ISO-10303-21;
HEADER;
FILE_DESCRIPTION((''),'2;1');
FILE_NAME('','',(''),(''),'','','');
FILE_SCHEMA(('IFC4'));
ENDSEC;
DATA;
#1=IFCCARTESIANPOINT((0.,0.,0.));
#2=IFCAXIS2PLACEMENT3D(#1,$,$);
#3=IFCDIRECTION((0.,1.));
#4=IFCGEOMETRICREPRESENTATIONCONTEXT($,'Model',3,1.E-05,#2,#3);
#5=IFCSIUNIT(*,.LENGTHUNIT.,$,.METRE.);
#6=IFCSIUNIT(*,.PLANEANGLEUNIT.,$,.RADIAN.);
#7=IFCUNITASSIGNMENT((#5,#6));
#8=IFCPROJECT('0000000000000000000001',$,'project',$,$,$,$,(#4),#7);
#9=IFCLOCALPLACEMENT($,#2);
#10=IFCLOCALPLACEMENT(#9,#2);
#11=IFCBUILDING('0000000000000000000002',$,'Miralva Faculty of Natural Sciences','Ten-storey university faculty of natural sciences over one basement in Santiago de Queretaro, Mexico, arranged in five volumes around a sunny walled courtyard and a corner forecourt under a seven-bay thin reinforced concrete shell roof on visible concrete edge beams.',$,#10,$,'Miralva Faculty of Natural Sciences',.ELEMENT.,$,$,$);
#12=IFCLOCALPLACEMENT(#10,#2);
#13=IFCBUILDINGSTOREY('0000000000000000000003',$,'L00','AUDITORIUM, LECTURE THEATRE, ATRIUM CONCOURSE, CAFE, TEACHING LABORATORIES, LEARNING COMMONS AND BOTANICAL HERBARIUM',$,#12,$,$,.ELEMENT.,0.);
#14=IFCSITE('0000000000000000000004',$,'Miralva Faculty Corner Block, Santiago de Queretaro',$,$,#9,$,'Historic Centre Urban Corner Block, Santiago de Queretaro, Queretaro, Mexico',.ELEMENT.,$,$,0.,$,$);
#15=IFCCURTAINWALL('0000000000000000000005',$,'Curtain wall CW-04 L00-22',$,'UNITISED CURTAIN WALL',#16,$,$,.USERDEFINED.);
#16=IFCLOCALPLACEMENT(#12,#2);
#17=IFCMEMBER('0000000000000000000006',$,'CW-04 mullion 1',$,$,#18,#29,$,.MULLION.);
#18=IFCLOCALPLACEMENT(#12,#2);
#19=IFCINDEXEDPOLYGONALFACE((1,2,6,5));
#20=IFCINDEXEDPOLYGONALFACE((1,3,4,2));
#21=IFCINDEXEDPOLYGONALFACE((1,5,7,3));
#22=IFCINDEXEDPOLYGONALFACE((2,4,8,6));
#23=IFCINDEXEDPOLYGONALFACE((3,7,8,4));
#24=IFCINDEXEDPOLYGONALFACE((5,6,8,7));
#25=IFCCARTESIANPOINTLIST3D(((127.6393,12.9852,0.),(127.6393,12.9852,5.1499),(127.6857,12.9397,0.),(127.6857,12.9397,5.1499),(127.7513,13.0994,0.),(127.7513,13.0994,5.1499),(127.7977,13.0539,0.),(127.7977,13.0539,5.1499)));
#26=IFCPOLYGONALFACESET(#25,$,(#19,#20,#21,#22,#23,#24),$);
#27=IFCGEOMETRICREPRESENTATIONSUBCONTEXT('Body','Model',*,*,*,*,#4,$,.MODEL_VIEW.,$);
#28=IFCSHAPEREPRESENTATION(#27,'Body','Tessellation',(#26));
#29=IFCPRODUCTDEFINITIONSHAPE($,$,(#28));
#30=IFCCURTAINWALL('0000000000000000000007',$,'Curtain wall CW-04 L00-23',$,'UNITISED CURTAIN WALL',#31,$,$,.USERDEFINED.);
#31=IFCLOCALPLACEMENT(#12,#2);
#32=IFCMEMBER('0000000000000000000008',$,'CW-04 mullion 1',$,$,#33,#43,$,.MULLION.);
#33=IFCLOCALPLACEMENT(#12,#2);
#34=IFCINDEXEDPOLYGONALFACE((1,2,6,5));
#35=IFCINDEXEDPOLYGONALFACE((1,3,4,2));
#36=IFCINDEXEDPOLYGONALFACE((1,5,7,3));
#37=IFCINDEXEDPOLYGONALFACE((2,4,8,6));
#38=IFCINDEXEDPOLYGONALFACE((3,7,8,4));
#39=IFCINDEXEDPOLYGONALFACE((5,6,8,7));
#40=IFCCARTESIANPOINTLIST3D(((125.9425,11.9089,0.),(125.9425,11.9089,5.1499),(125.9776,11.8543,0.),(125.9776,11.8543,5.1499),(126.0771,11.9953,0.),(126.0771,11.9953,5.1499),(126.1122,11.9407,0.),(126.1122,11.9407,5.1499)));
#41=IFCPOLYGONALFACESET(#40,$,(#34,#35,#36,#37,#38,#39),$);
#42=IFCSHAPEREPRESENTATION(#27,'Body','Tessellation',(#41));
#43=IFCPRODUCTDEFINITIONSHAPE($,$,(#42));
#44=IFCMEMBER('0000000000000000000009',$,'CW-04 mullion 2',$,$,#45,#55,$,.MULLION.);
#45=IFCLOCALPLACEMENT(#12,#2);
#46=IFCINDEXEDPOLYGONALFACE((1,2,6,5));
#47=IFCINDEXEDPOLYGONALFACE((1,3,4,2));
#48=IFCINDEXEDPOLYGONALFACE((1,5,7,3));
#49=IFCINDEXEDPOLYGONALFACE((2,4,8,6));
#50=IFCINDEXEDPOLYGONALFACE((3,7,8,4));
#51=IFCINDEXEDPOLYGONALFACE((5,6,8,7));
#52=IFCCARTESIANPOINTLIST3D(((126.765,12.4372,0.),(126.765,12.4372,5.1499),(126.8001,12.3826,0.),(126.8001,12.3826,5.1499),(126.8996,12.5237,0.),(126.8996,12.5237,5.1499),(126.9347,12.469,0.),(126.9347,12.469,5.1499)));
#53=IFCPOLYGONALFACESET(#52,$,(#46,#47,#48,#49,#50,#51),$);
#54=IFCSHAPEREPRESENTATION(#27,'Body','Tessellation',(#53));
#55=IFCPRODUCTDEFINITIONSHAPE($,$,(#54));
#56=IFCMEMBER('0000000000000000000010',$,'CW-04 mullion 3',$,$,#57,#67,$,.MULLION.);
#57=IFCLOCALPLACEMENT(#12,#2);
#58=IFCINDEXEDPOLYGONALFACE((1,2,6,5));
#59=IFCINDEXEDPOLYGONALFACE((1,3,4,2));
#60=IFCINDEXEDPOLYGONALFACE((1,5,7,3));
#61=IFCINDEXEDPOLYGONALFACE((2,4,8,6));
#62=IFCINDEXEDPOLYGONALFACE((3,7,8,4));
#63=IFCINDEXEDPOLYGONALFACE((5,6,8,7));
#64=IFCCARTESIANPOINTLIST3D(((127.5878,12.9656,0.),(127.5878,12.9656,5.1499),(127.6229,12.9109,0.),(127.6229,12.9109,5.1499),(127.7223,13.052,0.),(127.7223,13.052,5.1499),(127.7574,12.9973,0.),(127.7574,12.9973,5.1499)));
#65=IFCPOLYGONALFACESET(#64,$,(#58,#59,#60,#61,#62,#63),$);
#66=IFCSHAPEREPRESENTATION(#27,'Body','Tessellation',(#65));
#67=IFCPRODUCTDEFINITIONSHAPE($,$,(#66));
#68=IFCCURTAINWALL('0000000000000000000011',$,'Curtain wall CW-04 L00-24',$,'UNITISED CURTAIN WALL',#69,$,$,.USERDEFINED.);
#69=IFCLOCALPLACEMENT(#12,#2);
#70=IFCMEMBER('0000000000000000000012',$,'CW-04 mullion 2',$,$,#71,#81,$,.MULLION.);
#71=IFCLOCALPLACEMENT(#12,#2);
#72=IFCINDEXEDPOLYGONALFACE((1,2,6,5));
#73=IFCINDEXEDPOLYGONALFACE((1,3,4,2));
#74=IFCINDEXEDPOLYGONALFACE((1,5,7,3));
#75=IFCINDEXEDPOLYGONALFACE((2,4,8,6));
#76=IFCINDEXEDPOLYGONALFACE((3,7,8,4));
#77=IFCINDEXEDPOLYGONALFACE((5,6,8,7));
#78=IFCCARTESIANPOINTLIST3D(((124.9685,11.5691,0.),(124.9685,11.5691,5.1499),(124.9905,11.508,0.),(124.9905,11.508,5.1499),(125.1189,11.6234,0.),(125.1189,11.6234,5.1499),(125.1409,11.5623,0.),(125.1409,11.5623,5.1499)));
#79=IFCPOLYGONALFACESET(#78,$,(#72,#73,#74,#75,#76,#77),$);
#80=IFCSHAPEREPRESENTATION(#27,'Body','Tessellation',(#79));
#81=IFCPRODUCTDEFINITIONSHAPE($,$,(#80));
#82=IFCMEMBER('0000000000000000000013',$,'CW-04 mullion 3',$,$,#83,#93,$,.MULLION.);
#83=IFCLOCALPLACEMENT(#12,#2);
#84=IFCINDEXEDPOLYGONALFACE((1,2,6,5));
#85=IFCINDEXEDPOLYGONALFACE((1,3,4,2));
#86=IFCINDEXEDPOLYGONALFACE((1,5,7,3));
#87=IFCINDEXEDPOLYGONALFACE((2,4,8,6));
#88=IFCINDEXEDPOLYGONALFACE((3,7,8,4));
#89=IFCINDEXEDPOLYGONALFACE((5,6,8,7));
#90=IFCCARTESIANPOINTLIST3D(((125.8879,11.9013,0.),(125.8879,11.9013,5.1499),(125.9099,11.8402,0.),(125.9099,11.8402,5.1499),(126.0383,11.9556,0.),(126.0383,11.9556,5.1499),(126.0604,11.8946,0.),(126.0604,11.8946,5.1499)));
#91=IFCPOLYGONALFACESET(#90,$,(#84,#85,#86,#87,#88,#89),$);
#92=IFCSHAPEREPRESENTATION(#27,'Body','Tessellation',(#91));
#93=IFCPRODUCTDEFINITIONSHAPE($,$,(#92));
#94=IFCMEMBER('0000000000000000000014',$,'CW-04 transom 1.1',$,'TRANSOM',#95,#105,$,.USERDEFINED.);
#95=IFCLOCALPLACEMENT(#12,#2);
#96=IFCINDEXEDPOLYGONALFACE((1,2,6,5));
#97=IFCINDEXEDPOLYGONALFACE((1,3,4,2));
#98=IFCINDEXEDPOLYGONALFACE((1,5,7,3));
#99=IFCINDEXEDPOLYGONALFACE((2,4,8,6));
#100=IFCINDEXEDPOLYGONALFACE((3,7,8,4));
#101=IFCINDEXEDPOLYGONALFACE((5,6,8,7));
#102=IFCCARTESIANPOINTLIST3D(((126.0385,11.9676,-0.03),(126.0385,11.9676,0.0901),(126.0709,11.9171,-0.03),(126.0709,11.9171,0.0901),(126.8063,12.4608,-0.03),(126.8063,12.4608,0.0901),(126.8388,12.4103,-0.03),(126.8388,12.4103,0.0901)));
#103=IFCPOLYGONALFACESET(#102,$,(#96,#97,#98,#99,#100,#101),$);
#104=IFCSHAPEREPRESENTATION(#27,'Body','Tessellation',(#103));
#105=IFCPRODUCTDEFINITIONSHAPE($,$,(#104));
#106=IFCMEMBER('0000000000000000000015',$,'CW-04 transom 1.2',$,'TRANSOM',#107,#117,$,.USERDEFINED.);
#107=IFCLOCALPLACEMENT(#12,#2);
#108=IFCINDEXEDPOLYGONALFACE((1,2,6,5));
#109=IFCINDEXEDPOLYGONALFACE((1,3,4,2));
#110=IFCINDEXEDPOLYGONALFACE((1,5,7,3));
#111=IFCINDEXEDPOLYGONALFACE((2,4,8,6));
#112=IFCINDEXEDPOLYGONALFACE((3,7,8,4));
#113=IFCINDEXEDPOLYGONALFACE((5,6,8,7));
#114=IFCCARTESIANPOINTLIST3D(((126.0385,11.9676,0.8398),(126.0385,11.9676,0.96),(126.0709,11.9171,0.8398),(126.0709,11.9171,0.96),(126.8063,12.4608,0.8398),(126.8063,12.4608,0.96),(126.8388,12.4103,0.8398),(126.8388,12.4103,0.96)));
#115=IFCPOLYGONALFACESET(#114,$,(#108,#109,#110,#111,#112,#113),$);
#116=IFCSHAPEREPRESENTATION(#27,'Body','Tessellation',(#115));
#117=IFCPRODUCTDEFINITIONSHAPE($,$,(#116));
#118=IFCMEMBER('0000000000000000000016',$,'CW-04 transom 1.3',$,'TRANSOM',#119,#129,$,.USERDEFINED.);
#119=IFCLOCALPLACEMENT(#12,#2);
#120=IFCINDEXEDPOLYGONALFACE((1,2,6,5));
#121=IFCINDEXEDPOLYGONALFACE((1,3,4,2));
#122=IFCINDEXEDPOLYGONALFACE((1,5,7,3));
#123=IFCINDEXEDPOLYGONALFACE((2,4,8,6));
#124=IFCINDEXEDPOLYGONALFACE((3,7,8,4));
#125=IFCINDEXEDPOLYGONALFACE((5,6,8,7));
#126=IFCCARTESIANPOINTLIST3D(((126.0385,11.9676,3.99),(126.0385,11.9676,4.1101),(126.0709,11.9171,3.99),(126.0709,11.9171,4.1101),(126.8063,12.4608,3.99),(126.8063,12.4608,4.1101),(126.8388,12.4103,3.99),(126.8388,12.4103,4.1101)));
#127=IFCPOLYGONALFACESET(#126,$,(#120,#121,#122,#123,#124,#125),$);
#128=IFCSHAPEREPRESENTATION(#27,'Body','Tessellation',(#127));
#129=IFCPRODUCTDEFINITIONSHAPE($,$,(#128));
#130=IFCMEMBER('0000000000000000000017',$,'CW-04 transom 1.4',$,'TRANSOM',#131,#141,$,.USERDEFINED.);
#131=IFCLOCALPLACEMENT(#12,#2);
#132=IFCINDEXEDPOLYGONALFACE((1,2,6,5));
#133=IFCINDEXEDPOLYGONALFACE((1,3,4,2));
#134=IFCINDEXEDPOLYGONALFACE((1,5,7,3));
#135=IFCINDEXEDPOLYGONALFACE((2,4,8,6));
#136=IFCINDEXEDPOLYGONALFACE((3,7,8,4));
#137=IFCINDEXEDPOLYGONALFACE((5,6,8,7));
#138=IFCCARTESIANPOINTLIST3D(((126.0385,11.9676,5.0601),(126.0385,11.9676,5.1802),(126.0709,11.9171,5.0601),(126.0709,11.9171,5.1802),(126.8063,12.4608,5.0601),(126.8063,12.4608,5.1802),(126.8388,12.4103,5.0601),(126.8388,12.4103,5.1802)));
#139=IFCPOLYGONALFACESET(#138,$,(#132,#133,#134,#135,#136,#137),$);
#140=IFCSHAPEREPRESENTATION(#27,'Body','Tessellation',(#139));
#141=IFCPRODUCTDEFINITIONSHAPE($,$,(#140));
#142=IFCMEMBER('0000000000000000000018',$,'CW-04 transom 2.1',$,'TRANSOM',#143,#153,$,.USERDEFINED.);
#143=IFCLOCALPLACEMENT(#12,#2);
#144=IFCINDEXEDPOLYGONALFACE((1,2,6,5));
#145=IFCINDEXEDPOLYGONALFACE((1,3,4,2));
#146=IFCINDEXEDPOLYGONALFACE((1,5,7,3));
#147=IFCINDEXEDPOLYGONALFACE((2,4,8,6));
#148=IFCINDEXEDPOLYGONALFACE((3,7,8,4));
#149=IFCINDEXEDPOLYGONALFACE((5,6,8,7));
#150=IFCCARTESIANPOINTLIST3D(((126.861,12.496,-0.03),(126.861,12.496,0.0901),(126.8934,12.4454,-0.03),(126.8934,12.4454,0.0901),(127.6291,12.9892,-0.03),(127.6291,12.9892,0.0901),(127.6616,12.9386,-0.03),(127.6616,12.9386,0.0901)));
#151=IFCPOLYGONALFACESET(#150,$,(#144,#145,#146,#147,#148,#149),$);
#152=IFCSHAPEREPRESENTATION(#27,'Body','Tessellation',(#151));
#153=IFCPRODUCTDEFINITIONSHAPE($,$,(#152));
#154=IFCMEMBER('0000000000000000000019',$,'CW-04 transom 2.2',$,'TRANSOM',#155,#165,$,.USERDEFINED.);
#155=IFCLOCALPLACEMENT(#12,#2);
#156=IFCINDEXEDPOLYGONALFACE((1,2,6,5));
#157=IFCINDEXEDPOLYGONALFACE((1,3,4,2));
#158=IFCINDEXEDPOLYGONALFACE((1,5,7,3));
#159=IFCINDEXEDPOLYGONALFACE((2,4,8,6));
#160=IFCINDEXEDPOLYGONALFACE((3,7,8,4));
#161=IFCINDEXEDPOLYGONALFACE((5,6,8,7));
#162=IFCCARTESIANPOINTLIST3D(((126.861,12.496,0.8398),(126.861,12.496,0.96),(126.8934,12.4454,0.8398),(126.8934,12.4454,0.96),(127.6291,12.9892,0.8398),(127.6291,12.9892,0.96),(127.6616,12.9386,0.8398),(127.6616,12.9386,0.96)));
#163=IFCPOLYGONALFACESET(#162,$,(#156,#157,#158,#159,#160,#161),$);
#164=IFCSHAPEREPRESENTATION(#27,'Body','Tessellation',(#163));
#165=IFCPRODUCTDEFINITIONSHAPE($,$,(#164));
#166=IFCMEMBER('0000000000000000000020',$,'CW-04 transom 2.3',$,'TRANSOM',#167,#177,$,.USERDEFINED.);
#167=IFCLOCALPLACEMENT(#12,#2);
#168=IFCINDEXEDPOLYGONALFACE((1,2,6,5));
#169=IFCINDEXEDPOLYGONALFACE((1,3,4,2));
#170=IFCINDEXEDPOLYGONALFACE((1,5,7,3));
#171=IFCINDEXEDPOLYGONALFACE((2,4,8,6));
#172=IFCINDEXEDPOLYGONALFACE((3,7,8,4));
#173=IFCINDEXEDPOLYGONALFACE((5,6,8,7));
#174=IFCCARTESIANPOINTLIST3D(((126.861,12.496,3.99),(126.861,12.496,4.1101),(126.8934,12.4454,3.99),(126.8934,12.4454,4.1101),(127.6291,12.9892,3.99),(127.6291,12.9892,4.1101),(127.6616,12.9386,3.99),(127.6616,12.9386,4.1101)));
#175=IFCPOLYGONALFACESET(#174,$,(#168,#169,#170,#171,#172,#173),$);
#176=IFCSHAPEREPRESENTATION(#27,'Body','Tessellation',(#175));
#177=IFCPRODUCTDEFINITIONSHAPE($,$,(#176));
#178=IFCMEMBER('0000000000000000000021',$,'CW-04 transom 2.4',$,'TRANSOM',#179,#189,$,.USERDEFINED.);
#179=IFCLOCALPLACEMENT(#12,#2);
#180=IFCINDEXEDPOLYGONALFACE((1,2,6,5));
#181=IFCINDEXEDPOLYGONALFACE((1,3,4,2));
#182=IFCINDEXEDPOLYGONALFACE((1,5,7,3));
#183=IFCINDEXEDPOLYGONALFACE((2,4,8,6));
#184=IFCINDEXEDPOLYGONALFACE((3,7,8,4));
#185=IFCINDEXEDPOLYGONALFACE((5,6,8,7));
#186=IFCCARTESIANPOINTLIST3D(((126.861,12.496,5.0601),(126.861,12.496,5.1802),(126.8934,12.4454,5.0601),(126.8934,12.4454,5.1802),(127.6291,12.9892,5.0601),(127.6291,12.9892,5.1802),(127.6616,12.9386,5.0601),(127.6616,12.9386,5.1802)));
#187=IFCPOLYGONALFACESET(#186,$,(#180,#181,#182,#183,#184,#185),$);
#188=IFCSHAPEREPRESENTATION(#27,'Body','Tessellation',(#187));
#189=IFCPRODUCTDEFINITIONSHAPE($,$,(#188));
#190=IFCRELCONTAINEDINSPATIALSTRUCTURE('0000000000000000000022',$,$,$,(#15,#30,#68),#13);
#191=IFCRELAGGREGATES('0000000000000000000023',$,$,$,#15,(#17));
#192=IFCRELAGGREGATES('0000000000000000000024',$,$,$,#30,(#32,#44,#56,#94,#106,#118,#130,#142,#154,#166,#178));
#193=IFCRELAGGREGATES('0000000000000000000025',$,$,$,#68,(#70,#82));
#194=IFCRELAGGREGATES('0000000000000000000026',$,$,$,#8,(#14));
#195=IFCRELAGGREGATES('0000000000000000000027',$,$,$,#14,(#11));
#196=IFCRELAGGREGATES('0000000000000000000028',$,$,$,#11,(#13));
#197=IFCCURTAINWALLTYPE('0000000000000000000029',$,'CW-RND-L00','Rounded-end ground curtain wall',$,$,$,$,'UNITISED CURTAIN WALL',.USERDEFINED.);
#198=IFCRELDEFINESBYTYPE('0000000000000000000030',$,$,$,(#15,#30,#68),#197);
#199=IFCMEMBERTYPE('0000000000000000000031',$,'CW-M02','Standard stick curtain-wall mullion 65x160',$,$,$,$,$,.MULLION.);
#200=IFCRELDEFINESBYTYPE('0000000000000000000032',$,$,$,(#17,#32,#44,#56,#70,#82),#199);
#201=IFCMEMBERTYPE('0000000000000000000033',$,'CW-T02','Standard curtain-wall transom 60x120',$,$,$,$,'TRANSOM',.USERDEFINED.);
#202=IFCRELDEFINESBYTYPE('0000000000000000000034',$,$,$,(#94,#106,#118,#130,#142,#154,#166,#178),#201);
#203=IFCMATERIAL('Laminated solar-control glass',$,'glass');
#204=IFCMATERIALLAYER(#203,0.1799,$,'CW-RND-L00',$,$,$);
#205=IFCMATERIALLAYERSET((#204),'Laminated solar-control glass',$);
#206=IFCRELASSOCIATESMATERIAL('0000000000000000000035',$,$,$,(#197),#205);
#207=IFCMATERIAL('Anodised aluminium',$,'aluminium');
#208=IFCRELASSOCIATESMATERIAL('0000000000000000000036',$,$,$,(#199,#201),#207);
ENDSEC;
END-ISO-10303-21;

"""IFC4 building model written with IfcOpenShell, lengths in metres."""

from ifc_helpers import new_model, si_unit, direction, frame, origin, origin_2d, place, context, subcontext, project, spatial, rectangle, extrude, material, layer, layer_set, material_profile, profile_set, type_object, element, aggregate, save


model = new_model("IFC4")

# Units and contexts
model_context = context("Model", 3, precision=1e-05, world=origin(), true_north=direction((0.0, 1.0)))
body_context = subcontext(model_context, "Body", "Model", "MODEL_VIEW")
ifc_project = project(units=[si_unit("LENGTHUNIT", "METRE"), si_unit("PLANEANGLEUNIT", "RADIAN")], contexts=[model_context])

# Site, building, storey
site_placement = place(None, origin())
site = spatial("IfcSite", under=ifc_project, at=site_placement, Name="Miralva Faculty Corner Block, Santiago de Queretaro", LongName="Historic Centre Urban Corner Block, Santiago de Queretaro, Queretaro, Mexico", CompositionType="ELEMENT", RefElevation=0.0)
building_placement = place(site_placement, origin())
building = spatial("IfcBuilding", under=site, at=building_placement, Name="Miralva Faculty of Natural Sciences", Description="Ten-storey university faculty of natural sciences over one basement in Santiago de Queretaro, Mexico, arranged in five volumes around a sunny walled courtyard and a corner forecourt under a seven-bay thin reinforced concrete shell roof on visible concrete edge beams.", LongName="Miralva Faculty of Natural Sciences", CompositionType="ELEMENT")
storey_placement = place(building_placement, origin())
storey = spatial("IfcBuildingStorey", under=building, at=storey_placement, Name="L00", Description="AUDITORIUM, LECTURE THEATRE, ATRIUM CONCOURSE, CAFE, TEACHING LABORATORIES, LEARNING COMMONS AND BOTANICAL HERBARIUM", CompositionType="ELEMENT", Elevation=0.0)

# Curtain wall, member
ifc_material_1 = material(Name="Laminated solar-control glass", Category="glass")
ifc_layer_1 = layer(ifc_material_1, 0.1799, Name="CW-RND-L00")
ifc_layer_set_1 = layer_set([ifc_layer_1], Name="Laminated solar-control glass")
curtain_wall_type = type_object("IfcCurtainWallType", Name="CW-RND-L00", Description="Rounded-end ground curtain wall", ElementType="UNITISED CURTAIN WALL", PredefinedType="USERDEFINED", material=ifc_layer_set_1)
curtain_wall_1_placement = place(storey_placement, origin())
curtain_wall_1 = element("IfcCurtainWall", 1, at=curtain_wall_1_placement, inside=storey, type_object=curtain_wall_type, Name="Curtain wall CW-04 L00-22", ObjectType="UNITISED CURTAIN WALL", PredefinedType="USERDEFINED")
ifc_material_2 = material(Name="Anodised aluminium", Category="aluminium")
ifc_material_profile_1 = material_profile(ifc_material_2, rectangle(XDim=0.0649, YDim=0.1599, at=origin_2d()), Name="MULLION 65x160")
ifc_profile_set_1 = profile_set([ifc_material_profile_1], Name="Anodised aluminium")
member_type_1 = type_object("IfcMemberType", Name="CW-M02", Description="Standard stick curtain-wall mullion 65x160", PredefinedType="MULLION", material=ifc_profile_set_1)
member_1_placement = place(storey_placement, frame((127.7185, 13.0195, 0.0), z_axis=(0.0, 0.0, 1.0), x_axis=(-0.714125, 0.700018, 0.0)))
member_1 = element("IfcMember", 2, at=member_1_placement, type_object=member_type_1, Name="CW-04 mullion 1", PredefinedType="MULLION", context=body_context, shape_type="SweptSolid", body=[
    extrude(rectangle(XDim=0.0649, YDim=0.1599, at=origin_2d()), origin(), (0.0, 0.0, 1.0), 5.1499),
])
aggregate(curtain_wall_1, [member_1])

# Curtain walls, members
curtain_wall_2_placement = place(storey_placement, origin())
curtain_wall_2 = element("IfcCurtainWall", 3, at=curtain_wall_2_placement, inside=storey, type_object=curtain_wall_type, Name="Curtain wall CW-04 L00-23", ObjectType="UNITISED CURTAIN WALL", PredefinedType="USERDEFINED")
member_2_placement = place(storey_placement, frame((126.0273, 11.9248, 0.0), z_axis=(0.0, 0.0, 1.0), x_axis=(-0.540445, 0.841379, 0.0)))
member_2 = element("IfcMember", 4, at=member_2_placement, type_object=member_type_1, Name="CW-04 mullion 1", PredefinedType="MULLION", context=body_context, shape_type="SweptSolid", body=[
    extrude(rectangle(XDim=0.0649, YDim=0.1599, at=origin_2d()), origin(), (0.0, 0.0, 1.0), 5.1499),
])
member_3_placement = place(storey_placement, frame((126.8499, 12.4531, 0.0), z_axis=(0.0, 0.0, 1.0), x_axis=(-0.540445, 0.841379, 0.0)))
member_3 = element("IfcMember", 5, at=member_3_placement, type_object=member_type_1, Name="CW-04 mullion 2", PredefinedType="MULLION", context=body_context, shape_type="SweptSolid", body=[
    extrude(rectangle(XDim=0.0649, YDim=0.1599, at=origin_2d()), origin(), (0.0, 0.0, 1.0), 5.1499),
])
member_4_placement = place(storey_placement, frame((127.6726, 12.9814, 0.0), z_axis=(0.0, 0.0, 1.0), x_axis=(-0.540445, 0.841379, 0.0)))
member_4 = element("IfcMember", 6, at=member_4_placement, type_object=member_type_1, Name="CW-04 mullion 3", PredefinedType="MULLION", context=body_context, shape_type="SweptSolid", body=[
    extrude(rectangle(XDim=0.0649, YDim=0.1599, at=origin_2d()), origin(), (0.0, 0.0, 1.0), 5.1499),
])
curtain_wall_3_placement = place(storey_placement, origin())
curtain_wall_3 = element("IfcCurtainWall", 7, at=curtain_wall_3_placement, inside=storey, type_object=curtain_wall_type, Name="Curtain wall CW-04 L00-24", ObjectType="UNITISED CURTAIN WALL", PredefinedType="USERDEFINED")
member_5_placement = place(storey_placement, frame((125.0547, 11.5657, 0.0), z_axis=(0.0, 0.0, 1.0), x_axis=(-0.339696, 0.940535, 0.0)))
member_5 = element("IfcMember", 8, at=member_5_placement, type_object=member_type_1, Name="CW-04 mullion 2", PredefinedType="MULLION", context=body_context, shape_type="SweptSolid", body=[
    extrude(rectangle(XDim=0.0649, YDim=0.1599, at=origin_2d()), origin(), (0.0, 0.0, 1.0), 5.1499),
])
member_6_placement = place(storey_placement, frame((125.9741, 11.8979, 0.0), z_axis=(0.0, 0.0, 1.0), x_axis=(-0.339696, 0.940535, 0.0)))
member_6 = element("IfcMember", 9, at=member_6_placement, type_object=member_type_1, Name="CW-04 mullion 3", PredefinedType="MULLION", context=body_context, shape_type="SweptSolid", body=[
    extrude(rectangle(XDim=0.0649, YDim=0.1599, at=origin_2d()), origin(), (0.0, 0.0, 1.0), 5.1499),
])

# Members
ifc_material_profile_2 = material_profile(ifc_material_2, rectangle(XDim=0.0601, YDim=0.1201, at=origin_2d()), Name="TRANSOM 60x120")
ifc_profile_set_2 = profile_set([ifc_material_profile_2], Name="Anodised aluminium")
member_type_2 = type_object("IfcMemberType", Name="CW-T02", Description="Standard curtain-wall transom 60x120", ElementType="TRANSOM", PredefinedType="USERDEFINED", material=ifc_profile_set_2)
member_7_placement = place(storey_placement, frame((126.0547, 11.9424, 0.03), z_axis=(0.841396, 0.54042, 0.0), x_axis=(-0.54042, 0.841396, 0.0)))
member_7 = element("IfcMember", 10, at=member_7_placement, type_object=member_type_2, Name="CW-04 transom 1.1", ObjectType="TRANSOM", PredefinedType="USERDEFINED", context=body_context, shape_type="SweptSolid", body=[
    extrude(rectangle(XDim=0.0601, YDim=0.1201, at=origin_2d()), origin(), (0.0, 0.0, 1.0), 0.9126),
])
member_8_placement = place(storey_placement, frame((126.0547, 11.9424, 0.8999), z_axis=(0.841396, 0.54042, 0.0), x_axis=(-0.54042, 0.841396, 0.0)))
member_8 = element("IfcMember", 11, at=member_8_placement, type_object=member_type_2, Name="CW-04 transom 1.2", ObjectType="TRANSOM", PredefinedType="USERDEFINED", context=body_context, shape_type="SweptSolid", body=[
    extrude(rectangle(XDim=0.0601, YDim=0.1201, at=origin_2d()), origin(), (0.0, 0.0, 1.0), 0.9126),
])
member_9_placement = place(storey_placement, frame((126.0547, 11.9424, 4.05), z_axis=(0.841396, 0.54042, 0.0), x_axis=(-0.54042, 0.841396, 0.0)))
member_9 = element("IfcMember", 12, at=member_9_placement, type_object=member_type_2, Name="CW-04 transom 1.3", ObjectType="TRANSOM", PredefinedType="USERDEFINED", context=body_context, shape_type="SweptSolid", body=[
    extrude(rectangle(XDim=0.0601, YDim=0.1201, at=origin_2d()), origin(), (0.0, 0.0, 1.0), 0.9126),
])
member_10_placement = place(storey_placement, frame((126.0547, 11.9424, 5.1201), z_axis=(0.841396, 0.54042, 0.0), x_axis=(-0.54042, 0.841396, 0.0)))
member_10 = element("IfcMember", 13, at=member_10_placement, type_object=member_type_2, Name="CW-04 transom 1.4", ObjectType="TRANSOM", PredefinedType="USERDEFINED", context=body_context, shape_type="SweptSolid", body=[
    extrude(rectangle(XDim=0.0601, YDim=0.1201, at=origin_2d()), origin(), (0.0, 0.0, 1.0), 0.9126),
])
member_11_placement = place(storey_placement, frame((126.8772, 12.4707, 0.03), z_axis=(0.841474, 0.540298, 0.0), x_axis=(-0.540298, 0.841474, 0.0)))
member_11 = element("IfcMember", 14, at=member_11_placement, type_object=member_type_2, Name="CW-04 transom 2.1", ObjectType="TRANSOM", PredefinedType="USERDEFINED", context=body_context, shape_type="SweptSolid", body=[
    extrude(rectangle(XDim=0.0601, YDim=0.1201, at=origin_2d()), origin(), (0.0, 0.0, 1.0), 0.9128),
])
member_12_placement = place(storey_placement, frame((126.8772, 12.4707, 0.8999), z_axis=(0.841474, 0.540298, 0.0), x_axis=(-0.540298, 0.841474, 0.0)))
member_12 = element("IfcMember", 15, at=member_12_placement, type_object=member_type_2, Name="CW-04 transom 2.2", ObjectType="TRANSOM", PredefinedType="USERDEFINED", context=body_context, shape_type="SweptSolid", body=[
    extrude(rectangle(XDim=0.0601, YDim=0.1201, at=origin_2d()), origin(), (0.0, 0.0, 1.0), 0.9128),
])
member_13_placement = place(storey_placement, frame((126.8772, 12.4707, 4.05), z_axis=(0.841474, 0.540298, 0.0), x_axis=(-0.540298, 0.841474, 0.0)))
member_13 = element("IfcMember", 16, at=member_13_placement, type_object=member_type_2, Name="CW-04 transom 2.3", ObjectType="TRANSOM", PredefinedType="USERDEFINED", context=body_context, shape_type="SweptSolid", body=[
    extrude(rectangle(XDim=0.0601, YDim=0.1201, at=origin_2d()), origin(), (0.0, 0.0, 1.0), 0.9128),
])
member_14_placement = place(storey_placement, frame((126.8772, 12.4707, 5.1201), z_axis=(0.841474, 0.540298, 0.0), x_axis=(-0.540298, 0.841474, 0.0)))
member_14 = element("IfcMember", 17, at=member_14_placement, type_object=member_type_2, Name="CW-04 transom 2.4", ObjectType="TRANSOM", PredefinedType="USERDEFINED", context=body_context, shape_type="SweptSolid", body=[
    extrude(rectangle(XDim=0.0601, YDim=0.1201, at=origin_2d()), origin(), (0.0, 0.0, 1.0), 0.9128),
])

aggregate(curtain_wall_2, [member_2, member_3, member_4, member_7, member_8, member_9, member_10, member_11, member_12, member_13, member_14])
aggregate(curtain_wall_3, [member_5, member_6])

save(model, "model.ifc")
